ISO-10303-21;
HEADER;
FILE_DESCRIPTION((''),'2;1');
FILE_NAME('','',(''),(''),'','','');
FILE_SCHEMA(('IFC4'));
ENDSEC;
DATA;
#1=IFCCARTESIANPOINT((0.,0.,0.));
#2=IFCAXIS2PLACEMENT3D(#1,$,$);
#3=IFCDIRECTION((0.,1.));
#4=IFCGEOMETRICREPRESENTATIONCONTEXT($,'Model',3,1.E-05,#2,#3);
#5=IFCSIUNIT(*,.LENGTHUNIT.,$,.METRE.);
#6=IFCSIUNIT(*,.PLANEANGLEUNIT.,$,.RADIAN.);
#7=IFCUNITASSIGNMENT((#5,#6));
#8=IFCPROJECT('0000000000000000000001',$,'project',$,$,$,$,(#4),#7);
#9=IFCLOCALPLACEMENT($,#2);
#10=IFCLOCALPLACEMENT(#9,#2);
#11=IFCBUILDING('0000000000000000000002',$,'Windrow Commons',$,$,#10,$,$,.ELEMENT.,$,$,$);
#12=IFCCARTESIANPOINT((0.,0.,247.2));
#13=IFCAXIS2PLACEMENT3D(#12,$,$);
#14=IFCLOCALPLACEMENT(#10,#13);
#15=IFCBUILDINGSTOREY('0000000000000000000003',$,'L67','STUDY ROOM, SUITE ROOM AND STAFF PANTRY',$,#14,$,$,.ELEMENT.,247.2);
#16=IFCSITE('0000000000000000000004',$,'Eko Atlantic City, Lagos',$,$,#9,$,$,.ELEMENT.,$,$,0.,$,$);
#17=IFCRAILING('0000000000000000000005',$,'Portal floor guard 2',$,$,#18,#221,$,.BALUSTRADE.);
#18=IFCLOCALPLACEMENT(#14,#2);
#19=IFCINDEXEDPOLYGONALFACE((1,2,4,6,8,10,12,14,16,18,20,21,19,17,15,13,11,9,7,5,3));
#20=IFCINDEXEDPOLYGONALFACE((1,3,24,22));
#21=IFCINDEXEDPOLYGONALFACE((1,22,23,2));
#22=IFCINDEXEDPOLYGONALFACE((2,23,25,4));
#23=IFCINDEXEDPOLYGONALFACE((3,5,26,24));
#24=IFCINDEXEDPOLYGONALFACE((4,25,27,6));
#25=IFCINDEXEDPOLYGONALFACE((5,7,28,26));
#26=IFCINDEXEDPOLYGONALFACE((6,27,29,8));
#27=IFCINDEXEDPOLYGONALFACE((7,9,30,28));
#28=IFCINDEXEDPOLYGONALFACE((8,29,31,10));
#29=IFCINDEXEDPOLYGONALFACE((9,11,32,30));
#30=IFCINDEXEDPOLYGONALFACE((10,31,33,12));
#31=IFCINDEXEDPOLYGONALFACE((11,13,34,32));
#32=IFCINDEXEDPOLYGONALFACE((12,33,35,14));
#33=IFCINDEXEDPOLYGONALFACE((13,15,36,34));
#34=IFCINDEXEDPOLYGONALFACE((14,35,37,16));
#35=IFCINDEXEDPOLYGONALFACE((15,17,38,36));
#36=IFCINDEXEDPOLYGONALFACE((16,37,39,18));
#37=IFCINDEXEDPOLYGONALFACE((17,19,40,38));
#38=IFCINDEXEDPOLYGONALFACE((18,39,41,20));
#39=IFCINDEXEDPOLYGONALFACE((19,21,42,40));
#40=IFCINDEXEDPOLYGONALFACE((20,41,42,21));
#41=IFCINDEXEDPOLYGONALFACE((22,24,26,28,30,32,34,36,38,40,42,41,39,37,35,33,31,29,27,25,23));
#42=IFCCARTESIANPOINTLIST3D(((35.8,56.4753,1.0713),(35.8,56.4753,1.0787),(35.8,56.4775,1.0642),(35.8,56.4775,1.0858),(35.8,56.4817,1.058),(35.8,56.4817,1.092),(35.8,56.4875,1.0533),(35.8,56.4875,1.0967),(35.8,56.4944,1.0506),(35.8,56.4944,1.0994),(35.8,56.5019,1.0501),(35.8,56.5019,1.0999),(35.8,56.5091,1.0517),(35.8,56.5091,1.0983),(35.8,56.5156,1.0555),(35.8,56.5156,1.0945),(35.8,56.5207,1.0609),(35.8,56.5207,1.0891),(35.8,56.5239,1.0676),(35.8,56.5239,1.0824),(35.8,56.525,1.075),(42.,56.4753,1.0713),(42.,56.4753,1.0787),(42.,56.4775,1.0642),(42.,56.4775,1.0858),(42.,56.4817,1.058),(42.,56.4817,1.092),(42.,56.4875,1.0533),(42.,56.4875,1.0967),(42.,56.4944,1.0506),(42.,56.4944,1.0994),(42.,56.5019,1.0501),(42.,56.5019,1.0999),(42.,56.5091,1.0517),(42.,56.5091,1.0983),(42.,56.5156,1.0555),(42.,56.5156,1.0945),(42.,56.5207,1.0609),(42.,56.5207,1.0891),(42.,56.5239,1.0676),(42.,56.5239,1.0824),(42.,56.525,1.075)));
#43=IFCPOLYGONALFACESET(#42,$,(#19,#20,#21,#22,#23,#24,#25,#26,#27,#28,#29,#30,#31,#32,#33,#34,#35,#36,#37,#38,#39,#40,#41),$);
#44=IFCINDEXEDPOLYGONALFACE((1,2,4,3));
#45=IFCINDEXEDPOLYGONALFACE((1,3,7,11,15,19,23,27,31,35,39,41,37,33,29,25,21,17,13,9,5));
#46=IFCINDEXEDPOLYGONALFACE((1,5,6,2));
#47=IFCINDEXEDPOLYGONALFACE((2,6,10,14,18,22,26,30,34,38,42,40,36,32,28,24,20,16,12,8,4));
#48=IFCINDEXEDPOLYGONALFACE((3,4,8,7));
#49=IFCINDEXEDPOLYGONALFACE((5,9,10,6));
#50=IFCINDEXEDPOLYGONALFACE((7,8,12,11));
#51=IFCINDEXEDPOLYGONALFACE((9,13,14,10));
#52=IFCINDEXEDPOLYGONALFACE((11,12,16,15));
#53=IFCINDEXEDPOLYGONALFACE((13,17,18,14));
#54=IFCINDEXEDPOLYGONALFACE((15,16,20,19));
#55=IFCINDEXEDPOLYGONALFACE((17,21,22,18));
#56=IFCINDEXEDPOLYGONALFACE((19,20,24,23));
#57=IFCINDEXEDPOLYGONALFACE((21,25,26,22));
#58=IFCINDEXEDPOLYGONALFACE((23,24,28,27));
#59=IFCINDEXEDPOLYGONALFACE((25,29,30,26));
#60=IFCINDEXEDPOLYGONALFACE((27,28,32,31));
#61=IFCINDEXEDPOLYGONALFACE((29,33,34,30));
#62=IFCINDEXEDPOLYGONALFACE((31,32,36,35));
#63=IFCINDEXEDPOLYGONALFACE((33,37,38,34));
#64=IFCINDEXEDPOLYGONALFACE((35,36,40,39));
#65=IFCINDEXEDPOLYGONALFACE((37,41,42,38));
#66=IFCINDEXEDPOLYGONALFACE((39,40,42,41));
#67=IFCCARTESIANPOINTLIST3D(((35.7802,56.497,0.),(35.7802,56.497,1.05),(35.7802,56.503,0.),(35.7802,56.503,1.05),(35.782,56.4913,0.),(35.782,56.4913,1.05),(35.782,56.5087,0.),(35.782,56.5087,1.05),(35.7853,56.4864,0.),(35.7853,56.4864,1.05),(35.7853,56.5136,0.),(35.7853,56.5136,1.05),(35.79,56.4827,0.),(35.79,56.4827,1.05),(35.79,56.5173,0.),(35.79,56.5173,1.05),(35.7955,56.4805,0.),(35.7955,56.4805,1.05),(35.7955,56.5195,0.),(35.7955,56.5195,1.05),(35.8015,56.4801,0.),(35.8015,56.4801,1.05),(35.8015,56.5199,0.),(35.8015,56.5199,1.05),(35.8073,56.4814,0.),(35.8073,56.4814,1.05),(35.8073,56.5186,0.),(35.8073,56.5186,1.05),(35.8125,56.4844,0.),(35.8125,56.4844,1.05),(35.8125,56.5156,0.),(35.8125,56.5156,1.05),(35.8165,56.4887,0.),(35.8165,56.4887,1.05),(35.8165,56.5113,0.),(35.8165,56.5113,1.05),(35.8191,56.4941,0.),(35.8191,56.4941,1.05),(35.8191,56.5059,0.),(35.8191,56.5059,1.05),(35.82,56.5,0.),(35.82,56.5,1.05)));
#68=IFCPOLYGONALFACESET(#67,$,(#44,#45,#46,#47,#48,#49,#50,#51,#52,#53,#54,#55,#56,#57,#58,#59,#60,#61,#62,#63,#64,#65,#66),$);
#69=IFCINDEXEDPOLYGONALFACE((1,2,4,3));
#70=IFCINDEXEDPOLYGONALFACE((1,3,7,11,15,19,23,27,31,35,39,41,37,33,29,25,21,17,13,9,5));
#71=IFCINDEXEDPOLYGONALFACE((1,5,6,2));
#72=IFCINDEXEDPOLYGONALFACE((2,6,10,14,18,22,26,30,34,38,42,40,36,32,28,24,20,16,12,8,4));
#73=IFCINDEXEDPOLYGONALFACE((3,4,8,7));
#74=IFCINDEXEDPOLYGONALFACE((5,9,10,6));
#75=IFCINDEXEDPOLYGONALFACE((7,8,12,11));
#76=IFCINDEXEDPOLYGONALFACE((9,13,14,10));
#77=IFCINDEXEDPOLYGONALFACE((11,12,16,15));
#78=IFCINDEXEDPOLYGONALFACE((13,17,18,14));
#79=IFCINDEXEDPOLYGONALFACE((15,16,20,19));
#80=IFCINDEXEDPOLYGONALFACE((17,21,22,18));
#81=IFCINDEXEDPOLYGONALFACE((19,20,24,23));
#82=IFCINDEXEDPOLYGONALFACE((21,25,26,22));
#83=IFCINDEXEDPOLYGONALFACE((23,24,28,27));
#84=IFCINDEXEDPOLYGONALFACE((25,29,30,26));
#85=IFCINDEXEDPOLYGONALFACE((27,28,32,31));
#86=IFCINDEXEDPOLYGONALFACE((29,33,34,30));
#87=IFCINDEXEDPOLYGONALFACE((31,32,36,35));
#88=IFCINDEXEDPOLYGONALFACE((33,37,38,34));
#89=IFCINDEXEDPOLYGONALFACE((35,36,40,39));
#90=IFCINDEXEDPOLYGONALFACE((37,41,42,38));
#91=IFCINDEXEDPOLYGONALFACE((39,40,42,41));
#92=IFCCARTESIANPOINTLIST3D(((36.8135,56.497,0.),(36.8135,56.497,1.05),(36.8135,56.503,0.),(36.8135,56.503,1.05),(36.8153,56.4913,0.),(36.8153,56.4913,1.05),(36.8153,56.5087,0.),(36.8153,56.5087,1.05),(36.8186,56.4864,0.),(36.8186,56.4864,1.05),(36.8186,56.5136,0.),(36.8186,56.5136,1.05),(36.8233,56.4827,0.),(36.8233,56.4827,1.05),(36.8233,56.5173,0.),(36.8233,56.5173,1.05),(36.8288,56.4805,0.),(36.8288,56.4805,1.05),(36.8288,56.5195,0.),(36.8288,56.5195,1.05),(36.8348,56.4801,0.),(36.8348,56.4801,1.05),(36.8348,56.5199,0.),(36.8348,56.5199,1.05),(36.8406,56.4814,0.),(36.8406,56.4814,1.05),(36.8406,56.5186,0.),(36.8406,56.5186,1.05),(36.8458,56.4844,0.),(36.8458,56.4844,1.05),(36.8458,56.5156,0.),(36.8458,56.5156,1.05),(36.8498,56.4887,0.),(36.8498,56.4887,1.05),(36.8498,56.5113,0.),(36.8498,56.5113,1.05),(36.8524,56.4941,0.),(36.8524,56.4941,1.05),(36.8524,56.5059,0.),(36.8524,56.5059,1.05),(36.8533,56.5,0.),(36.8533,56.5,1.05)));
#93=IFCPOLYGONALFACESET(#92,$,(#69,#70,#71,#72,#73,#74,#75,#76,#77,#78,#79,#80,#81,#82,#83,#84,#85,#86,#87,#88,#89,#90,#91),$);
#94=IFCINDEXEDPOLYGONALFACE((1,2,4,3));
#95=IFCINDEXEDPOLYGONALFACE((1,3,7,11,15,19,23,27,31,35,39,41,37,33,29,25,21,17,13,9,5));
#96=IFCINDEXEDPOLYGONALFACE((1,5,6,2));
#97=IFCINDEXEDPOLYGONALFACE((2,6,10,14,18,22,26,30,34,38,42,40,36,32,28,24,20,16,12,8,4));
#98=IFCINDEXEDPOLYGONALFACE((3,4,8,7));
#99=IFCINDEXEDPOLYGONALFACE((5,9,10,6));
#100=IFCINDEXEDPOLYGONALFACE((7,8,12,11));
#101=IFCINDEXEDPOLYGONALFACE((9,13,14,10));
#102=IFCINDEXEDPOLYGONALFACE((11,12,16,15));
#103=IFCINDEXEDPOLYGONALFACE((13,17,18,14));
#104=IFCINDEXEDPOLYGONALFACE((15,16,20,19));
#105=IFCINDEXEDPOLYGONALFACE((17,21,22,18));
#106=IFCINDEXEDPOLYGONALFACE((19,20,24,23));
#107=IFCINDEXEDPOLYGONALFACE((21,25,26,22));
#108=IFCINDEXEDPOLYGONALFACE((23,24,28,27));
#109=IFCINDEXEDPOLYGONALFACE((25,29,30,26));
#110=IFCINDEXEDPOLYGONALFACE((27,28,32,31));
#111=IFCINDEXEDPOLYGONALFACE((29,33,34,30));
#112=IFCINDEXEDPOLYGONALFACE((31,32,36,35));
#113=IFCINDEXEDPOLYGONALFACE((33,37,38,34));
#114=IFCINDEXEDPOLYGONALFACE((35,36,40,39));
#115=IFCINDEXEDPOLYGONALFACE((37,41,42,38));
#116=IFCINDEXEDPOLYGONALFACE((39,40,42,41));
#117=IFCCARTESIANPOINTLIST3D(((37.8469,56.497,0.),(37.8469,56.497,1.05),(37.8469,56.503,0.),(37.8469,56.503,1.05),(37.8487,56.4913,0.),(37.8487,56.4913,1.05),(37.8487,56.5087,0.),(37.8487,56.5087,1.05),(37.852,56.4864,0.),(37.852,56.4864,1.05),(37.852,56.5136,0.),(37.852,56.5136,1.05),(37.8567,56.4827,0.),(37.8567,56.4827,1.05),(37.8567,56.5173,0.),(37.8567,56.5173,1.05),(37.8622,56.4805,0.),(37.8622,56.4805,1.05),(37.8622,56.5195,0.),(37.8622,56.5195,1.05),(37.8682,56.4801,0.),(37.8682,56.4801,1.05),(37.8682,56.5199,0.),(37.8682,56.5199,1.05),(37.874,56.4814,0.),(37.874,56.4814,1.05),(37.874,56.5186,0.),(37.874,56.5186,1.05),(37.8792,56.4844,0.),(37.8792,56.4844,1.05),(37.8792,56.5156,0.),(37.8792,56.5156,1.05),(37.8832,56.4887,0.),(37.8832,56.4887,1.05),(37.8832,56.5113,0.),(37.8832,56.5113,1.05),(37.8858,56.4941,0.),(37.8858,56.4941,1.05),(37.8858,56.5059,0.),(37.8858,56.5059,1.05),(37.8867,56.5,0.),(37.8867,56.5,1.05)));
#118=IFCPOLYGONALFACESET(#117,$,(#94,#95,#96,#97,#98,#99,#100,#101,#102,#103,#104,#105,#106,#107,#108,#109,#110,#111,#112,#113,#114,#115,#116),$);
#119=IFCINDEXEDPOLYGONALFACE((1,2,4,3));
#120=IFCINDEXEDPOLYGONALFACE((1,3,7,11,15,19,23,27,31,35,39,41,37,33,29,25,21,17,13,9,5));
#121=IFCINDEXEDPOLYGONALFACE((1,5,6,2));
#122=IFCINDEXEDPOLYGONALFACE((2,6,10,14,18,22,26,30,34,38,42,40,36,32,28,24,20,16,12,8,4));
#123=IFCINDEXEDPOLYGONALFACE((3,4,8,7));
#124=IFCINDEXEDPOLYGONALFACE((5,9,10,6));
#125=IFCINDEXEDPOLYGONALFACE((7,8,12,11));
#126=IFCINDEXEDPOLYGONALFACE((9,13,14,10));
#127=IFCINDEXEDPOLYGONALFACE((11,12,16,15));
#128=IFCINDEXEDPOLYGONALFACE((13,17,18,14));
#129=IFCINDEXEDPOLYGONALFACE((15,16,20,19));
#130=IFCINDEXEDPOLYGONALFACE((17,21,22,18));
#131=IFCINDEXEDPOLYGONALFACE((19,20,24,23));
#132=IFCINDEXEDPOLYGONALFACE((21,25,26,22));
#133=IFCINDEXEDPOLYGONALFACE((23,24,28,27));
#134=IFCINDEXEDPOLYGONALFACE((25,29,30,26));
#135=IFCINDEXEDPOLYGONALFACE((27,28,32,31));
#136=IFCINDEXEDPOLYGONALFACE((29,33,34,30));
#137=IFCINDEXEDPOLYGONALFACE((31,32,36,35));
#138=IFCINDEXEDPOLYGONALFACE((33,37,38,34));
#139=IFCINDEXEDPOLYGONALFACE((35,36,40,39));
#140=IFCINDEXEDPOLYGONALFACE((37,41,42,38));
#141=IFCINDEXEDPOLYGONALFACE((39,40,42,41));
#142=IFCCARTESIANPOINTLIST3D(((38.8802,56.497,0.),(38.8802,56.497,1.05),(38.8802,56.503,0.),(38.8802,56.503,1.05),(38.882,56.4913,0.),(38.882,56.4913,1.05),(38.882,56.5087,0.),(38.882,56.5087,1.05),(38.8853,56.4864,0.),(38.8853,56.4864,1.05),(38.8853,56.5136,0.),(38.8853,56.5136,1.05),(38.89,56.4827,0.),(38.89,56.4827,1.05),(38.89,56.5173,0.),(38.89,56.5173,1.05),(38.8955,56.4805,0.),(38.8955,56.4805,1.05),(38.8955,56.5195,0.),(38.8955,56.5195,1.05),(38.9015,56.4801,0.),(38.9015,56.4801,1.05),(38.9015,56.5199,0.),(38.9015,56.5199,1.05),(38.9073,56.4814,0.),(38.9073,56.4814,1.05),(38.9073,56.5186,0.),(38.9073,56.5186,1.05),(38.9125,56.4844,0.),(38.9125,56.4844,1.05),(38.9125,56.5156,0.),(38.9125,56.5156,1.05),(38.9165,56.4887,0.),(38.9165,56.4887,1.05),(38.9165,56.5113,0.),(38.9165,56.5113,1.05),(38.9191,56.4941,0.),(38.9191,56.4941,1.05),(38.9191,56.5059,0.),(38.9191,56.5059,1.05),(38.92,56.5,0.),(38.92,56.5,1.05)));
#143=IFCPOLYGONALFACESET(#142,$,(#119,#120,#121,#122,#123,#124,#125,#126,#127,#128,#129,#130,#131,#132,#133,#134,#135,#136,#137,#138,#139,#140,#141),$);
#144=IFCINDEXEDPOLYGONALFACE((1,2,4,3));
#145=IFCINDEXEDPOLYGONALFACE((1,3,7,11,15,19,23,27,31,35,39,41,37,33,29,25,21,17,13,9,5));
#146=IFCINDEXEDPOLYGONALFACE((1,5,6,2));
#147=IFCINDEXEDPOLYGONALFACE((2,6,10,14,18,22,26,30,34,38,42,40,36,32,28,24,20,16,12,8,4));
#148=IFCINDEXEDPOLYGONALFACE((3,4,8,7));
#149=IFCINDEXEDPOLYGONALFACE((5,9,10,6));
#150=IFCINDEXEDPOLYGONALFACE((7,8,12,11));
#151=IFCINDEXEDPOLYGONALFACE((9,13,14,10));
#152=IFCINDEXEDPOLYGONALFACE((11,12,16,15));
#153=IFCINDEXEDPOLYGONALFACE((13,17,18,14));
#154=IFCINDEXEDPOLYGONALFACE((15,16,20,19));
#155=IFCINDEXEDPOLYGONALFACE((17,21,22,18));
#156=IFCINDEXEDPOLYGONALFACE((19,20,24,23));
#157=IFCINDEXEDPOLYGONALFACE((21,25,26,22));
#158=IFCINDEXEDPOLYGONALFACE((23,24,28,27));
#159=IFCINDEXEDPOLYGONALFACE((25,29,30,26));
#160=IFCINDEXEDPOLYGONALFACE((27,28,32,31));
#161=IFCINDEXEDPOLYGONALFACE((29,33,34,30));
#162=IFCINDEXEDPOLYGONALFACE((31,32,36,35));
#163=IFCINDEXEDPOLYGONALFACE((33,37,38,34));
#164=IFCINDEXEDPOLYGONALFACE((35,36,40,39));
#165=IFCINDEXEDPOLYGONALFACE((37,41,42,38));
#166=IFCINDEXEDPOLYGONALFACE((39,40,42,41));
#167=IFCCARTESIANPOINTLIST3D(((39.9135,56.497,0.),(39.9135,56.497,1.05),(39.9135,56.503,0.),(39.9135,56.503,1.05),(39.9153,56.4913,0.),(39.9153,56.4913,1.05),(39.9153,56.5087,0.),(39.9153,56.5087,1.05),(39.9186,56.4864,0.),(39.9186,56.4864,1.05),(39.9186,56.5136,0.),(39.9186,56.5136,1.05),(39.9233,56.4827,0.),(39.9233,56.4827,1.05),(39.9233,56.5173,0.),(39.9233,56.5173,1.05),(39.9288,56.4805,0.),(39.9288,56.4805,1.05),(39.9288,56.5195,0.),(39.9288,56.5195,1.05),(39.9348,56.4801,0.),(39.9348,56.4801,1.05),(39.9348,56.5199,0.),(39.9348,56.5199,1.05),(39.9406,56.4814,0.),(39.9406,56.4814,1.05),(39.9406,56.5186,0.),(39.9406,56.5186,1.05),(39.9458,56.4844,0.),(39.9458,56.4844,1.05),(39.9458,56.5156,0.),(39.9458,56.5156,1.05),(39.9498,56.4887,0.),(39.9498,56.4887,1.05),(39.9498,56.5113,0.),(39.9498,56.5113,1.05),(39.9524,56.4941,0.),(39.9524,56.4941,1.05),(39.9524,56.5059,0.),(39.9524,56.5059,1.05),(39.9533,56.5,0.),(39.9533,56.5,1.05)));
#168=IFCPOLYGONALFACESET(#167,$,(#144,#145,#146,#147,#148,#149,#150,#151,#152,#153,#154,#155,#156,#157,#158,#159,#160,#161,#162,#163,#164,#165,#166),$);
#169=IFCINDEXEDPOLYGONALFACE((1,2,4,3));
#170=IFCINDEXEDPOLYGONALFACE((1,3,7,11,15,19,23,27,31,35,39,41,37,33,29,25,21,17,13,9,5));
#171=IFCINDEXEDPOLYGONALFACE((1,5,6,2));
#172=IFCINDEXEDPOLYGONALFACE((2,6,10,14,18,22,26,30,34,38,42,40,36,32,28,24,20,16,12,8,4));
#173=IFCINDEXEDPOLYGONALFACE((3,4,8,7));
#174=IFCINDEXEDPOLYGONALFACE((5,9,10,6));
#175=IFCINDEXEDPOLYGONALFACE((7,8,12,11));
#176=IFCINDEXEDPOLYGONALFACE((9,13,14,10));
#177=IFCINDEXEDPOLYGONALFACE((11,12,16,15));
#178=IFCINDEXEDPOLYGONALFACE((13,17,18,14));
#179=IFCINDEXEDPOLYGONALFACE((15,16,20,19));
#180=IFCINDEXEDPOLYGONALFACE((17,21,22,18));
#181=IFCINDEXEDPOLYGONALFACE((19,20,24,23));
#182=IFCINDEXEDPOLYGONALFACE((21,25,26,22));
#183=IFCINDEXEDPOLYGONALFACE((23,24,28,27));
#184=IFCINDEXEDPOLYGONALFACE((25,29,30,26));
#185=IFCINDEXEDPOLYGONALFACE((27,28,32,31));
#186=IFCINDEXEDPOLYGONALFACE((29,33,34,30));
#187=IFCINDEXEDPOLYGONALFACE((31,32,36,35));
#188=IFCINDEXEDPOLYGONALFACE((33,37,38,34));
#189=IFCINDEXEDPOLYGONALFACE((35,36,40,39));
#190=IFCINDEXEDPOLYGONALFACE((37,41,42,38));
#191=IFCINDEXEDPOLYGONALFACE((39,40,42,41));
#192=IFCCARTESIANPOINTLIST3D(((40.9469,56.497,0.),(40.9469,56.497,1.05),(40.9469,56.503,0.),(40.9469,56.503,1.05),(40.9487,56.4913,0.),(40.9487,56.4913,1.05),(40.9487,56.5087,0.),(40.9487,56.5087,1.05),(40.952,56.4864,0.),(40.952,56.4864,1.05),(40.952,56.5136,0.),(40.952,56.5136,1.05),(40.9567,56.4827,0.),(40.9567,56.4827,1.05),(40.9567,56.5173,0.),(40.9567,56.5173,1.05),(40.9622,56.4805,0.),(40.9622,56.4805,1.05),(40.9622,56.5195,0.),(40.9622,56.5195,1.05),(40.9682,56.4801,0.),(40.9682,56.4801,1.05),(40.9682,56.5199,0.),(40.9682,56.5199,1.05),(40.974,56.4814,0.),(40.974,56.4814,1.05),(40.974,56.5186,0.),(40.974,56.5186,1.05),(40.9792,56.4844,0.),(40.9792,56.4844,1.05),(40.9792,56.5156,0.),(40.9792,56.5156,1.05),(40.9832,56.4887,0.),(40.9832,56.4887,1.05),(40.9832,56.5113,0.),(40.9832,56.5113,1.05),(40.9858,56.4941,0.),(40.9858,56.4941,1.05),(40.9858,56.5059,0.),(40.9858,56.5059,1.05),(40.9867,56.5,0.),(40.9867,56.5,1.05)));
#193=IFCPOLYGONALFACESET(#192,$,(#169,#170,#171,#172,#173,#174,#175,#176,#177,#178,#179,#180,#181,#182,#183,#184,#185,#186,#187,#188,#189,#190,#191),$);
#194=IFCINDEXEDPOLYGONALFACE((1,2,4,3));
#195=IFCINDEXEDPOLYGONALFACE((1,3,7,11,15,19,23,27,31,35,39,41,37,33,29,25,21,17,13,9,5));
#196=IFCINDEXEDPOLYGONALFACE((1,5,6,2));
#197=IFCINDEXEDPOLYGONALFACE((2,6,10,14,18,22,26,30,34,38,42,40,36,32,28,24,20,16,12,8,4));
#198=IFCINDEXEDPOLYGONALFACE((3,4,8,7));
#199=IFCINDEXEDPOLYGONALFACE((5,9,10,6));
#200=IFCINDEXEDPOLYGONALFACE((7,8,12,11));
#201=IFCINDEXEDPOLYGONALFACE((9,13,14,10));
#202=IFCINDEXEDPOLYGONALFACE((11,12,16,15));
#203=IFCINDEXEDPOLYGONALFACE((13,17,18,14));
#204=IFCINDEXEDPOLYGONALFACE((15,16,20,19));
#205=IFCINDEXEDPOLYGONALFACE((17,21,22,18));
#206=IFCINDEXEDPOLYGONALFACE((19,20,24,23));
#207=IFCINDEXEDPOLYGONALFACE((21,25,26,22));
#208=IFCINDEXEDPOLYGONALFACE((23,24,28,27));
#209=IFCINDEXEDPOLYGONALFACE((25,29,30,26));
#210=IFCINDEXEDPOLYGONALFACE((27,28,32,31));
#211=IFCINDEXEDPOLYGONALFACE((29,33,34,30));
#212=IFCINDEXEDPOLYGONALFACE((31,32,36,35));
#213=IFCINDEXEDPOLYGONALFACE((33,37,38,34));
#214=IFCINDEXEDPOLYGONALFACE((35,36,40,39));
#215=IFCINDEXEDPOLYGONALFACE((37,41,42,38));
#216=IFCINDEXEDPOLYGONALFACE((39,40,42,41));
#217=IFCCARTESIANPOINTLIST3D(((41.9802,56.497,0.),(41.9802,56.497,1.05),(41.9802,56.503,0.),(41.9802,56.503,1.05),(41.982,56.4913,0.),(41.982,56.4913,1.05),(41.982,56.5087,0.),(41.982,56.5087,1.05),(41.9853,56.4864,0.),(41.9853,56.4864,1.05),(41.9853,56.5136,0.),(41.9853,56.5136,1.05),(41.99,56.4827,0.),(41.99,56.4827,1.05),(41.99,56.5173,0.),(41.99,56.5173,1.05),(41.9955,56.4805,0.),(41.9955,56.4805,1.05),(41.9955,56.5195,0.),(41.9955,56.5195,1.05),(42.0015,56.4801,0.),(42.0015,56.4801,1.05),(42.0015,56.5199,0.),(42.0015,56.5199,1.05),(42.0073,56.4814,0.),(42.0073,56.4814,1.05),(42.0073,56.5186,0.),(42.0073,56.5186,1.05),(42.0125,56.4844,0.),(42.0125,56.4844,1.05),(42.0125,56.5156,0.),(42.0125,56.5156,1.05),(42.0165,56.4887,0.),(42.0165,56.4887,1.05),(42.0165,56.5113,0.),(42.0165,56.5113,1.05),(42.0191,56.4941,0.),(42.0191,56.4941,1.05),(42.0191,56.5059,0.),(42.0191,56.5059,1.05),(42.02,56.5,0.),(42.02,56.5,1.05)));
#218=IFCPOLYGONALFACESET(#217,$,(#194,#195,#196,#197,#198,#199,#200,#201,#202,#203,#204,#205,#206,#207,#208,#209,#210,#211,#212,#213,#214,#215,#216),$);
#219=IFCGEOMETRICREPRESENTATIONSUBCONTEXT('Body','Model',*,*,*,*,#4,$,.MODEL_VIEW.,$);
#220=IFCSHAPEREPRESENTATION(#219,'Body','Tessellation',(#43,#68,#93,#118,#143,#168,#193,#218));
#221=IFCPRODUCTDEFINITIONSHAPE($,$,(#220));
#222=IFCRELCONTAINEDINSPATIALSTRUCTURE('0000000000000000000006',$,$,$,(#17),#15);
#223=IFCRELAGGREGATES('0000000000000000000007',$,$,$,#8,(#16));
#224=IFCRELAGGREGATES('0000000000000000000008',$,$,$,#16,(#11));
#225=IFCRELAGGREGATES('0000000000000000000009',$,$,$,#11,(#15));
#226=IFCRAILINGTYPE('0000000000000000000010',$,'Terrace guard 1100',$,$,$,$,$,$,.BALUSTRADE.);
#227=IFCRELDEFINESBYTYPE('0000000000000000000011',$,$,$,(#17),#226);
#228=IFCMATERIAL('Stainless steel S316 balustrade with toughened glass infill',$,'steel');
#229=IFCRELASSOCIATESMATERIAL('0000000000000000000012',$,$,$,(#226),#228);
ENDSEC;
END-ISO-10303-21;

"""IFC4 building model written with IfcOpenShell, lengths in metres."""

from ifc_helpers import new_model, si_unit, direction, frame, origin, origin_2d, place, context, subcontext, project, spatial, circle, extrude, material, type_object, element, save


model = new_model("IFC4")

# Units and contexts
model_context = context("Model", 3, precision=1e-05, world=origin(), true_north=direction((0.0, 1.0)))
body_context = subcontext(model_context, "Body", "Model", "MODEL_VIEW")
ifc_project = project(units=[si_unit("LENGTHUNIT", "METRE"), si_unit("PLANEANGLEUNIT", "RADIAN")], contexts=[model_context])

# Site, building, storey
site_placement = place(None, origin())
site = spatial("IfcSite", under=ifc_project, at=site_placement, Name="Eko Atlantic City, Lagos", CompositionType="ELEMENT", RefElevation=0.0)
building_placement = place(site_placement, origin())
building = spatial("IfcBuilding", under=site, at=building_placement, Name="Windrow Commons", CompositionType="ELEMENT")
storey_placement = place(building_placement, frame((0.0, 0.0, 247.2)))
storey = spatial("IfcBuildingStorey", under=building, at=storey_placement, Name="L67", Description="STUDY ROOM, SUITE ROOM AND STAFF PANTRY", CompositionType="ELEMENT", Elevation=247.2)

# Railing
ifc_material_1 = material(Name="Stainless steel S316 balustrade with toughened glass infill", Category="steel")
railing_type = type_object("IfcRailingType", Name="Terrace guard 1100", PredefinedType="BALUSTRADE", material=ifc_material_1)
railing_1_placement = place(storey_placement, frame((35.8, 56.5, 0.0)))
element("IfcRailing", 1, at=railing_1_placement, inside=storey, type_object=railing_type, Name="Portal floor guard 2", PredefinedType="BALUSTRADE", context=body_context, shape_type="SweptSolid", body=[
    extrude(circle(Radius=0.025, at=origin_2d()), frame((0.0, 0.0, 1.075), z_axis=(1.0, 0.0, 0.0), x_axis=(0.0, 1.0, 0.0)), (0.0, 0.0, 1.0), 6.2),
    extrude(circle(Radius=0.02, at=origin_2d()), origin(), (0.0, 0.0, 1.0), 1.05),
    extrude(circle(Radius=0.02, at=origin_2d()), frame((1.0333, 0.0, 0.0)), (0.0, 0.0, 1.0), 1.05),
    extrude(circle(Radius=0.02, at=origin_2d()), frame((2.0667, 0.0, 0.0)), (0.0, 0.0, 1.0), 1.05),
    extrude(circle(Radius=0.02, at=origin_2d()), frame((3.1, 0.0, 0.0)), (0.0, 0.0, 1.0), 1.05),
    extrude(circle(Radius=0.02, at=origin_2d()), frame((4.1333, 0.0, 0.0)), (0.0, 0.0, 1.0), 1.05),
    extrude(circle(Radius=0.02, at=origin_2d()), frame((5.1667, 0.0, 0.0)), (0.0, 0.0, 1.0), 1.05),
    extrude(circle(Radius=0.02, at=origin_2d()), frame((6.2, 0.0, 0.0)), (0.0, 0.0, 1.0), 1.05),
])

save(model, "model.ifc")
